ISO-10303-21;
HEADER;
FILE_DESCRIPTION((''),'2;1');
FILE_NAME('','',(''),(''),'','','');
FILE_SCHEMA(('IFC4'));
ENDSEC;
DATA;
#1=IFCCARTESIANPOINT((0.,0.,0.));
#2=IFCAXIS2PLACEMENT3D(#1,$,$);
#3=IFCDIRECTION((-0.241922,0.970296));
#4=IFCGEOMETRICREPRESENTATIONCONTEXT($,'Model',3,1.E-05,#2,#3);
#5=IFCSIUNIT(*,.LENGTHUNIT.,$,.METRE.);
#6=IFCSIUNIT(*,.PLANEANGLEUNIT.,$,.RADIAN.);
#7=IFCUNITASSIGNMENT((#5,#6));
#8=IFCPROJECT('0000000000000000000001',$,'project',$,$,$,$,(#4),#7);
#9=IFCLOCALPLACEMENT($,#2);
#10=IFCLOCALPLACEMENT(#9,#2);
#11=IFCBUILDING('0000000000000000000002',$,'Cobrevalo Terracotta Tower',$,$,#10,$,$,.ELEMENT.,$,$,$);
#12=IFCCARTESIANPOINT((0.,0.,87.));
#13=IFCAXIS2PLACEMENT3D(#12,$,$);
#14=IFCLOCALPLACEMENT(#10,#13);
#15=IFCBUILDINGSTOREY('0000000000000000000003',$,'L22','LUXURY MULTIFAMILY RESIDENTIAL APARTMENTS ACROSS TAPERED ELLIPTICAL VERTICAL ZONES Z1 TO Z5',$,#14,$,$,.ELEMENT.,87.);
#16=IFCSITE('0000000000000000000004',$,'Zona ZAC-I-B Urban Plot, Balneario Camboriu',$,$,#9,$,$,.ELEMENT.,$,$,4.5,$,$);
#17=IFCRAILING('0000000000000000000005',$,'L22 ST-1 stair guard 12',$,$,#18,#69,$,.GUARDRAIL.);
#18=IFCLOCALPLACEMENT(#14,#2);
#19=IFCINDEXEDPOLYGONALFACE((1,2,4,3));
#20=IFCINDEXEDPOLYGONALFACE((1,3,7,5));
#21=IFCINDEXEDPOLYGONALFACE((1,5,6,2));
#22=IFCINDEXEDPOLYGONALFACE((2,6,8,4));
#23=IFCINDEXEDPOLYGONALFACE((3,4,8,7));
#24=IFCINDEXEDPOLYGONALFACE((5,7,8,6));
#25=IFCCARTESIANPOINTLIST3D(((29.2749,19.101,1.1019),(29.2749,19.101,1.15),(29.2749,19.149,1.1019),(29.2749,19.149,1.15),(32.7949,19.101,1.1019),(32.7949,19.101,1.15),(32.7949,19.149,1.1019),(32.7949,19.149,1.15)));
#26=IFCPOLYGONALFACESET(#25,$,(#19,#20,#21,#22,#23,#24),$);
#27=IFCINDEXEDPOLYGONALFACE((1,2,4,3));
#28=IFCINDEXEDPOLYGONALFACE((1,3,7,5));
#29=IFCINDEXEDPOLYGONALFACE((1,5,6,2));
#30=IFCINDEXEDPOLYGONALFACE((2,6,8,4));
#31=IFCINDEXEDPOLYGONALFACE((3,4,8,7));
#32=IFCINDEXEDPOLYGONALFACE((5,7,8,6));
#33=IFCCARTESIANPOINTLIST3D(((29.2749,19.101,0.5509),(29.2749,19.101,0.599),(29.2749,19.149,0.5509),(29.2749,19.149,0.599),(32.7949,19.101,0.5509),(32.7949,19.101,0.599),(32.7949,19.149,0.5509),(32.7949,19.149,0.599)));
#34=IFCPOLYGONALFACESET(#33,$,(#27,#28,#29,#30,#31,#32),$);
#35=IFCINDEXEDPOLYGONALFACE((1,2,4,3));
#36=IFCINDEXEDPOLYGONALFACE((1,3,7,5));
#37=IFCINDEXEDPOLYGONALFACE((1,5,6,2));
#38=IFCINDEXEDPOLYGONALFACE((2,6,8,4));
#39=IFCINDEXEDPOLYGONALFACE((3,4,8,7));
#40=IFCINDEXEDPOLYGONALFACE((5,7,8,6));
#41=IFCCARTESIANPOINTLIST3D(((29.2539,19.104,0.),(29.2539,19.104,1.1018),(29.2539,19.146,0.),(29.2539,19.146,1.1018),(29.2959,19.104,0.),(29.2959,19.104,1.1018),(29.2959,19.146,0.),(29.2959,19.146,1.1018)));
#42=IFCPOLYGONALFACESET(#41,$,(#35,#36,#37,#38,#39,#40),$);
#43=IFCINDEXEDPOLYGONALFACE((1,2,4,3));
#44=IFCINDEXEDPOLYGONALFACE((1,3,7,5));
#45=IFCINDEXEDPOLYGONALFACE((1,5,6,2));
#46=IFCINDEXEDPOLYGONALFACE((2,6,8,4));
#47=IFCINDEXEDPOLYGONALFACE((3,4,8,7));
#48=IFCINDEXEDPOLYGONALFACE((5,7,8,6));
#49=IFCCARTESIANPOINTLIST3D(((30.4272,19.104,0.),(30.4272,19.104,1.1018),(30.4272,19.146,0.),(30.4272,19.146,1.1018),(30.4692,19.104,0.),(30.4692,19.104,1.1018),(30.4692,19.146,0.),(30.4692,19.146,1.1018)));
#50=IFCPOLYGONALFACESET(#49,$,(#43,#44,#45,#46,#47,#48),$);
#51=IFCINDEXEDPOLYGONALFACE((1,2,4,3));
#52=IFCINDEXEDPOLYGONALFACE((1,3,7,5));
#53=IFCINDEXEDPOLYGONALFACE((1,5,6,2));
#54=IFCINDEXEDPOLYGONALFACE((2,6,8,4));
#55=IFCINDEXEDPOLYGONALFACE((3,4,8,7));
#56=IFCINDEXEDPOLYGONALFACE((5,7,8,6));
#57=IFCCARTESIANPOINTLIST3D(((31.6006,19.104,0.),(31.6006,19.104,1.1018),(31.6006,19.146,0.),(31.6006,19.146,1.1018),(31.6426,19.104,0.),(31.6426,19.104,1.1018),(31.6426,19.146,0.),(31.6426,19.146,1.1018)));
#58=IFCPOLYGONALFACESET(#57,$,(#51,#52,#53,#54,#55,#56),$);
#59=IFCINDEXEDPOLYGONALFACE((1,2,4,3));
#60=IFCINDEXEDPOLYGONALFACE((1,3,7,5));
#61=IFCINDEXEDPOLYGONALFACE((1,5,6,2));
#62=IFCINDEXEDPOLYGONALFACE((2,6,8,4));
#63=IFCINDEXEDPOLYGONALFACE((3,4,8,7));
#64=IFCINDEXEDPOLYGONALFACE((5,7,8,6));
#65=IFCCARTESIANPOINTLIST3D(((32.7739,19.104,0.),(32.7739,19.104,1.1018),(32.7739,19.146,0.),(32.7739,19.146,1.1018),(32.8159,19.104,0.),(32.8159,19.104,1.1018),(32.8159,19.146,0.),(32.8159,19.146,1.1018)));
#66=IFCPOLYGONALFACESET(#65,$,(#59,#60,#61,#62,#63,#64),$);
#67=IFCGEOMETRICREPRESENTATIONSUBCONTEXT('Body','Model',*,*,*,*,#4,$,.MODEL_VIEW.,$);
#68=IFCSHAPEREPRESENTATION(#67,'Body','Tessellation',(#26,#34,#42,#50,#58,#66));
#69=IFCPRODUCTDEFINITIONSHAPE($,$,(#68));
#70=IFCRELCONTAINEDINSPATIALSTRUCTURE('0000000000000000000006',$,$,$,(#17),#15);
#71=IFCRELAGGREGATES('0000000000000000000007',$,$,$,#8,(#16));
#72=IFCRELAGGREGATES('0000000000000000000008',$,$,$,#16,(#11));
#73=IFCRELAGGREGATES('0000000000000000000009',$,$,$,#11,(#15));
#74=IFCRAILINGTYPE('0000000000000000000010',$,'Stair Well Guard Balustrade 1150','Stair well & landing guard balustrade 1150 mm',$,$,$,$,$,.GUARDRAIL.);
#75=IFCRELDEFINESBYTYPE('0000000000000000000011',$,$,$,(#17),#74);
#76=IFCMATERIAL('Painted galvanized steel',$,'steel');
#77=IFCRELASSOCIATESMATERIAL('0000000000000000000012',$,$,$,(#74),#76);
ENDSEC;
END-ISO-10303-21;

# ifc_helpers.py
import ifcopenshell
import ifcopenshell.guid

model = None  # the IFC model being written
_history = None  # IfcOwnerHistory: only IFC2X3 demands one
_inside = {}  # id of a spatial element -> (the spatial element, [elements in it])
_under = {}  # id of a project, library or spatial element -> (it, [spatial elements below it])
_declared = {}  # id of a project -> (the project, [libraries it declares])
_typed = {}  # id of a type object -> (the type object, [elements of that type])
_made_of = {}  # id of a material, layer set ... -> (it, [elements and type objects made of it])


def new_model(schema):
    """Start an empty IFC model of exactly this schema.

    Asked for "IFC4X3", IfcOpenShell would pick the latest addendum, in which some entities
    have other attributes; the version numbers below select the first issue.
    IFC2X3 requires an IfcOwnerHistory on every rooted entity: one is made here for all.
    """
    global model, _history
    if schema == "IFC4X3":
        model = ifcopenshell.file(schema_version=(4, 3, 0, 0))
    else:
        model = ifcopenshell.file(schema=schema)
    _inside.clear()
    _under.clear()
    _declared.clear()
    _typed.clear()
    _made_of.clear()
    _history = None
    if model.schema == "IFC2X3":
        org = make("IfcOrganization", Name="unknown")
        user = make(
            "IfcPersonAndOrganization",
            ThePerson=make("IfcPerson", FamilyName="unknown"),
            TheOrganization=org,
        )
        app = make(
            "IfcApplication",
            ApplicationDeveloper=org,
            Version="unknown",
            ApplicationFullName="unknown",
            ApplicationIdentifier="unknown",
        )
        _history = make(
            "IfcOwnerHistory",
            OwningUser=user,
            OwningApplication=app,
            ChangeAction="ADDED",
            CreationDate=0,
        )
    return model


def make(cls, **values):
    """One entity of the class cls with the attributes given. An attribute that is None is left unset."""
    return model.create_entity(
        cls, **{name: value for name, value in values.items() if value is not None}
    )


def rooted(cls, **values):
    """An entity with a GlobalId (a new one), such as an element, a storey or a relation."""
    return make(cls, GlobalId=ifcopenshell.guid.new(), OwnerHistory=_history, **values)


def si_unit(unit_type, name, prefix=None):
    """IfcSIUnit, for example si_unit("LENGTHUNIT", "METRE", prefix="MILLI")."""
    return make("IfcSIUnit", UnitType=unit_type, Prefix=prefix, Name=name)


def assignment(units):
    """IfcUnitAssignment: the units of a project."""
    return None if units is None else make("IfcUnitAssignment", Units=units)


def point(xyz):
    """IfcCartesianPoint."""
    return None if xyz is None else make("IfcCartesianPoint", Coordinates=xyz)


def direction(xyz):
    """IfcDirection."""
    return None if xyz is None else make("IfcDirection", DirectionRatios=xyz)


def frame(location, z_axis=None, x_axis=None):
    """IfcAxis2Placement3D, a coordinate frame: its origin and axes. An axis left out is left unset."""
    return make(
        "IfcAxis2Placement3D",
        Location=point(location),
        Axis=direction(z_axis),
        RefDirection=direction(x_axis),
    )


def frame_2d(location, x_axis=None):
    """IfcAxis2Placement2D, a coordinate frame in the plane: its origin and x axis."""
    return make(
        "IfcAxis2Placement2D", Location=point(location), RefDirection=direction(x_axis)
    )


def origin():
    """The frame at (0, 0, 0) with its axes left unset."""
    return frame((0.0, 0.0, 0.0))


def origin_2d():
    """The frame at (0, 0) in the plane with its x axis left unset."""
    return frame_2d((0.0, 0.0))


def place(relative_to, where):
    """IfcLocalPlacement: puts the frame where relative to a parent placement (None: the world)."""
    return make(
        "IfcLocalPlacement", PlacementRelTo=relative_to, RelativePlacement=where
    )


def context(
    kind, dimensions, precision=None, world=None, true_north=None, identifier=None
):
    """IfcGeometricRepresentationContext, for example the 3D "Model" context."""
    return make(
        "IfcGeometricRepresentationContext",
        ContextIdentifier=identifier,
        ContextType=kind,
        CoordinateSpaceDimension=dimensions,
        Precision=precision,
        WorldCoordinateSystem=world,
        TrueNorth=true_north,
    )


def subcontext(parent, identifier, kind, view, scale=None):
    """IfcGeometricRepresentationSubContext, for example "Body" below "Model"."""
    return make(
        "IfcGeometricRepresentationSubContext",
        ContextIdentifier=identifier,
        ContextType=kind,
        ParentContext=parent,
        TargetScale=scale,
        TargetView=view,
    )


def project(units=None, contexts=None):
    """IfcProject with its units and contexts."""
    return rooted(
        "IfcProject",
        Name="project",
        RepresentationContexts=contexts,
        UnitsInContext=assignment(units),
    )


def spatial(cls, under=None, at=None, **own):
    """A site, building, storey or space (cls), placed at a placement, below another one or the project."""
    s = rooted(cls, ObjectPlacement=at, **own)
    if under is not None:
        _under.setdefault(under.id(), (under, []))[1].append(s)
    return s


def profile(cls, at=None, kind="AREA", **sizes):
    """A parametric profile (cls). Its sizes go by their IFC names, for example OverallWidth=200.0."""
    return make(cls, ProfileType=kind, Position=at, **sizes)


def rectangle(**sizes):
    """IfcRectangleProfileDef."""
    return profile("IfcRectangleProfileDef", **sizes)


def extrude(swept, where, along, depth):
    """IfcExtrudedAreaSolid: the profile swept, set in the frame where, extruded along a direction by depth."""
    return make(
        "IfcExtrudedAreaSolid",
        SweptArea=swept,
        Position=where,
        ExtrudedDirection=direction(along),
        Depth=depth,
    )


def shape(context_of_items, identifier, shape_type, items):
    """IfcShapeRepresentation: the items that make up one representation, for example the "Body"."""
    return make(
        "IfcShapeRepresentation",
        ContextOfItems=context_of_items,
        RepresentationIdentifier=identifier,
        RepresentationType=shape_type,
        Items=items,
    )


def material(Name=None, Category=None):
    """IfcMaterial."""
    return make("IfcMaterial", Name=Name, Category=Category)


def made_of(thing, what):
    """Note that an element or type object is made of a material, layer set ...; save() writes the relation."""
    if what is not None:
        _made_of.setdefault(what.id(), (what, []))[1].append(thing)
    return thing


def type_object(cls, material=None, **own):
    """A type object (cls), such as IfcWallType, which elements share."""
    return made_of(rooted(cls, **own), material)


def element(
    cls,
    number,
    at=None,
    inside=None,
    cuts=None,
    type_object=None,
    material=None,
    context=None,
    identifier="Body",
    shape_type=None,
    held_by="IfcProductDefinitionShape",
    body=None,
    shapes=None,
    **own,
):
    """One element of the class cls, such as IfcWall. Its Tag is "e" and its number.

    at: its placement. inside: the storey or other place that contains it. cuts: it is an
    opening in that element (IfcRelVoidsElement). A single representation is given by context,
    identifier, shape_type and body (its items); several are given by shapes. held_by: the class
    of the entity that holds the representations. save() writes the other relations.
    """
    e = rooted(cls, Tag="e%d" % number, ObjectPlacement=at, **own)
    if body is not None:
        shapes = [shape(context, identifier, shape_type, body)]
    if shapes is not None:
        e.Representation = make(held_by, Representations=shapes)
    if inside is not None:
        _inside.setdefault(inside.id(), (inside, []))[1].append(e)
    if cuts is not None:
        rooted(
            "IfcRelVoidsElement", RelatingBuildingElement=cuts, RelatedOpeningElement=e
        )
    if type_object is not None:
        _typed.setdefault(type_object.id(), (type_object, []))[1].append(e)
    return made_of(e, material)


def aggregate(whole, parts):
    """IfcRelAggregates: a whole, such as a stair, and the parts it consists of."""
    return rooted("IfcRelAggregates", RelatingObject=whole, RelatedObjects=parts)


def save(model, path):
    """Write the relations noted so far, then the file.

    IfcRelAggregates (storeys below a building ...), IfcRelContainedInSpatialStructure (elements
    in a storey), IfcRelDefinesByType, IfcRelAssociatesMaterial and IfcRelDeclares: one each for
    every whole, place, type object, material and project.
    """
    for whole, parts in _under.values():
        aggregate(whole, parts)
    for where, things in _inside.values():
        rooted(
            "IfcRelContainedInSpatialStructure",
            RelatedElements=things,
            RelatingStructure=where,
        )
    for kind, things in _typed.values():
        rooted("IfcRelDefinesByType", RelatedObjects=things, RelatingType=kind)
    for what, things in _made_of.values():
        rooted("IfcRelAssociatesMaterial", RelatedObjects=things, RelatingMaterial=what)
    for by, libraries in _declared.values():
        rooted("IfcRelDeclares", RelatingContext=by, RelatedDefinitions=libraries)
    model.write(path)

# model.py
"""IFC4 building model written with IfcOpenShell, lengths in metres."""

from ifc_helpers import new_model, si_unit, direction, frame, origin, origin_2d, place, context, subcontext, project, spatial, rectangle, extrude, material, type_object, element, save


model = new_model("IFC4")

# Units and contexts
model_context = context("Model", 3, precision=1e-05, world=origin(), true_north=direction((-0.241922, 0.970296)))
body_context = subcontext(model_context, "Body", "Model", "MODEL_VIEW")
ifc_project = project(units=[si_unit("LENGTHUNIT", "METRE"), si_unit("PLANEANGLEUNIT", "RADIAN")], contexts=[model_context])

# Site, building, storey
site_placement = place(None, origin())
site = spatial("IfcSite", under=ifc_project, at=site_placement, Name="Zona ZAC-I-B Urban Plot, Balneario Camboriu", CompositionType="ELEMENT", RefElevation=4.5)
building_placement = place(site_placement, origin())
building = spatial("IfcBuilding", under=site, at=building_placement, Name="Cobrevalo Terracotta Tower", CompositionType="ELEMENT")
storey_placement = place(building_placement, frame((0.0, 0.0, 87.0)))
storey = spatial("IfcBuildingStorey", under=building, at=storey_placement, Name="L22", Description="LUXURY MULTIFAMILY RESIDENTIAL APARTMENTS ACROSS TAPERED ELLIPTICAL VERTICAL ZONES Z1 TO Z5", CompositionType="ELEMENT", Elevation=87.0)

# Railing
ifc_material_1 = material(Name="Painted galvanized steel", Category="steel")
railing_type_1 = type_object("IfcRailingType", Name="Stair Well Guard Balustrade 1150", Description="Stair well & landing guard balustrade 1150 mm", PredefinedType="GUARDRAIL", material=ifc_material_1)
railing_1_placement = place(storey_placement, frame((29.2749, 19.125, 0.0)))
element("IfcRailing", 1, at=railing_1_placement, inside=storey, type_object=railing_type_1, Name="L22 ST-1 stair guard 12", PredefinedType="GUARDRAIL", context=body_context, shape_type="SweptSolid", body=[
    extrude(rectangle(XDim=0.0481, YDim=0.0481, at=origin_2d()), frame((0.0, 0.0, 1.126), z_axis=(1.0, 0.0, 0.0), x_axis=(0.0, 1.0, 0.0)), (0.0, 0.0, 1.0), 3.52),
    extrude(rectangle(XDim=0.0481, YDim=0.0481, at=origin_2d()), frame((0.0, 0.0, 0.575), z_axis=(1.0, 0.0, 0.0), x_axis=(0.0, 1.0, 0.0)), (0.0, 0.0, 1.0), 3.52),
    extrude(rectangle(XDim=0.042, YDim=0.042, at=origin_2d()), origin(), (0.0, 0.0, 1.0), 1.1018),
    extrude(rectangle(XDim=0.042, YDim=0.042, at=origin_2d()), frame((1.1733, 0.0, 0.0)), (0.0, 0.0, 1.0), 1.1018),
    extrude(rectangle(XDim=0.042, YDim=0.042, at=origin_2d()), frame((2.3467, 0.0, 0.0)), (0.0, 0.0, 1.0), 1.1018),
    extrude(rectangle(XDim=0.042, YDim=0.042, at=origin_2d()), frame((3.52, 0.0, 0.0)), (0.0, 0.0, 1.0), 1.1018),
])

save(model, "model.ifc")
